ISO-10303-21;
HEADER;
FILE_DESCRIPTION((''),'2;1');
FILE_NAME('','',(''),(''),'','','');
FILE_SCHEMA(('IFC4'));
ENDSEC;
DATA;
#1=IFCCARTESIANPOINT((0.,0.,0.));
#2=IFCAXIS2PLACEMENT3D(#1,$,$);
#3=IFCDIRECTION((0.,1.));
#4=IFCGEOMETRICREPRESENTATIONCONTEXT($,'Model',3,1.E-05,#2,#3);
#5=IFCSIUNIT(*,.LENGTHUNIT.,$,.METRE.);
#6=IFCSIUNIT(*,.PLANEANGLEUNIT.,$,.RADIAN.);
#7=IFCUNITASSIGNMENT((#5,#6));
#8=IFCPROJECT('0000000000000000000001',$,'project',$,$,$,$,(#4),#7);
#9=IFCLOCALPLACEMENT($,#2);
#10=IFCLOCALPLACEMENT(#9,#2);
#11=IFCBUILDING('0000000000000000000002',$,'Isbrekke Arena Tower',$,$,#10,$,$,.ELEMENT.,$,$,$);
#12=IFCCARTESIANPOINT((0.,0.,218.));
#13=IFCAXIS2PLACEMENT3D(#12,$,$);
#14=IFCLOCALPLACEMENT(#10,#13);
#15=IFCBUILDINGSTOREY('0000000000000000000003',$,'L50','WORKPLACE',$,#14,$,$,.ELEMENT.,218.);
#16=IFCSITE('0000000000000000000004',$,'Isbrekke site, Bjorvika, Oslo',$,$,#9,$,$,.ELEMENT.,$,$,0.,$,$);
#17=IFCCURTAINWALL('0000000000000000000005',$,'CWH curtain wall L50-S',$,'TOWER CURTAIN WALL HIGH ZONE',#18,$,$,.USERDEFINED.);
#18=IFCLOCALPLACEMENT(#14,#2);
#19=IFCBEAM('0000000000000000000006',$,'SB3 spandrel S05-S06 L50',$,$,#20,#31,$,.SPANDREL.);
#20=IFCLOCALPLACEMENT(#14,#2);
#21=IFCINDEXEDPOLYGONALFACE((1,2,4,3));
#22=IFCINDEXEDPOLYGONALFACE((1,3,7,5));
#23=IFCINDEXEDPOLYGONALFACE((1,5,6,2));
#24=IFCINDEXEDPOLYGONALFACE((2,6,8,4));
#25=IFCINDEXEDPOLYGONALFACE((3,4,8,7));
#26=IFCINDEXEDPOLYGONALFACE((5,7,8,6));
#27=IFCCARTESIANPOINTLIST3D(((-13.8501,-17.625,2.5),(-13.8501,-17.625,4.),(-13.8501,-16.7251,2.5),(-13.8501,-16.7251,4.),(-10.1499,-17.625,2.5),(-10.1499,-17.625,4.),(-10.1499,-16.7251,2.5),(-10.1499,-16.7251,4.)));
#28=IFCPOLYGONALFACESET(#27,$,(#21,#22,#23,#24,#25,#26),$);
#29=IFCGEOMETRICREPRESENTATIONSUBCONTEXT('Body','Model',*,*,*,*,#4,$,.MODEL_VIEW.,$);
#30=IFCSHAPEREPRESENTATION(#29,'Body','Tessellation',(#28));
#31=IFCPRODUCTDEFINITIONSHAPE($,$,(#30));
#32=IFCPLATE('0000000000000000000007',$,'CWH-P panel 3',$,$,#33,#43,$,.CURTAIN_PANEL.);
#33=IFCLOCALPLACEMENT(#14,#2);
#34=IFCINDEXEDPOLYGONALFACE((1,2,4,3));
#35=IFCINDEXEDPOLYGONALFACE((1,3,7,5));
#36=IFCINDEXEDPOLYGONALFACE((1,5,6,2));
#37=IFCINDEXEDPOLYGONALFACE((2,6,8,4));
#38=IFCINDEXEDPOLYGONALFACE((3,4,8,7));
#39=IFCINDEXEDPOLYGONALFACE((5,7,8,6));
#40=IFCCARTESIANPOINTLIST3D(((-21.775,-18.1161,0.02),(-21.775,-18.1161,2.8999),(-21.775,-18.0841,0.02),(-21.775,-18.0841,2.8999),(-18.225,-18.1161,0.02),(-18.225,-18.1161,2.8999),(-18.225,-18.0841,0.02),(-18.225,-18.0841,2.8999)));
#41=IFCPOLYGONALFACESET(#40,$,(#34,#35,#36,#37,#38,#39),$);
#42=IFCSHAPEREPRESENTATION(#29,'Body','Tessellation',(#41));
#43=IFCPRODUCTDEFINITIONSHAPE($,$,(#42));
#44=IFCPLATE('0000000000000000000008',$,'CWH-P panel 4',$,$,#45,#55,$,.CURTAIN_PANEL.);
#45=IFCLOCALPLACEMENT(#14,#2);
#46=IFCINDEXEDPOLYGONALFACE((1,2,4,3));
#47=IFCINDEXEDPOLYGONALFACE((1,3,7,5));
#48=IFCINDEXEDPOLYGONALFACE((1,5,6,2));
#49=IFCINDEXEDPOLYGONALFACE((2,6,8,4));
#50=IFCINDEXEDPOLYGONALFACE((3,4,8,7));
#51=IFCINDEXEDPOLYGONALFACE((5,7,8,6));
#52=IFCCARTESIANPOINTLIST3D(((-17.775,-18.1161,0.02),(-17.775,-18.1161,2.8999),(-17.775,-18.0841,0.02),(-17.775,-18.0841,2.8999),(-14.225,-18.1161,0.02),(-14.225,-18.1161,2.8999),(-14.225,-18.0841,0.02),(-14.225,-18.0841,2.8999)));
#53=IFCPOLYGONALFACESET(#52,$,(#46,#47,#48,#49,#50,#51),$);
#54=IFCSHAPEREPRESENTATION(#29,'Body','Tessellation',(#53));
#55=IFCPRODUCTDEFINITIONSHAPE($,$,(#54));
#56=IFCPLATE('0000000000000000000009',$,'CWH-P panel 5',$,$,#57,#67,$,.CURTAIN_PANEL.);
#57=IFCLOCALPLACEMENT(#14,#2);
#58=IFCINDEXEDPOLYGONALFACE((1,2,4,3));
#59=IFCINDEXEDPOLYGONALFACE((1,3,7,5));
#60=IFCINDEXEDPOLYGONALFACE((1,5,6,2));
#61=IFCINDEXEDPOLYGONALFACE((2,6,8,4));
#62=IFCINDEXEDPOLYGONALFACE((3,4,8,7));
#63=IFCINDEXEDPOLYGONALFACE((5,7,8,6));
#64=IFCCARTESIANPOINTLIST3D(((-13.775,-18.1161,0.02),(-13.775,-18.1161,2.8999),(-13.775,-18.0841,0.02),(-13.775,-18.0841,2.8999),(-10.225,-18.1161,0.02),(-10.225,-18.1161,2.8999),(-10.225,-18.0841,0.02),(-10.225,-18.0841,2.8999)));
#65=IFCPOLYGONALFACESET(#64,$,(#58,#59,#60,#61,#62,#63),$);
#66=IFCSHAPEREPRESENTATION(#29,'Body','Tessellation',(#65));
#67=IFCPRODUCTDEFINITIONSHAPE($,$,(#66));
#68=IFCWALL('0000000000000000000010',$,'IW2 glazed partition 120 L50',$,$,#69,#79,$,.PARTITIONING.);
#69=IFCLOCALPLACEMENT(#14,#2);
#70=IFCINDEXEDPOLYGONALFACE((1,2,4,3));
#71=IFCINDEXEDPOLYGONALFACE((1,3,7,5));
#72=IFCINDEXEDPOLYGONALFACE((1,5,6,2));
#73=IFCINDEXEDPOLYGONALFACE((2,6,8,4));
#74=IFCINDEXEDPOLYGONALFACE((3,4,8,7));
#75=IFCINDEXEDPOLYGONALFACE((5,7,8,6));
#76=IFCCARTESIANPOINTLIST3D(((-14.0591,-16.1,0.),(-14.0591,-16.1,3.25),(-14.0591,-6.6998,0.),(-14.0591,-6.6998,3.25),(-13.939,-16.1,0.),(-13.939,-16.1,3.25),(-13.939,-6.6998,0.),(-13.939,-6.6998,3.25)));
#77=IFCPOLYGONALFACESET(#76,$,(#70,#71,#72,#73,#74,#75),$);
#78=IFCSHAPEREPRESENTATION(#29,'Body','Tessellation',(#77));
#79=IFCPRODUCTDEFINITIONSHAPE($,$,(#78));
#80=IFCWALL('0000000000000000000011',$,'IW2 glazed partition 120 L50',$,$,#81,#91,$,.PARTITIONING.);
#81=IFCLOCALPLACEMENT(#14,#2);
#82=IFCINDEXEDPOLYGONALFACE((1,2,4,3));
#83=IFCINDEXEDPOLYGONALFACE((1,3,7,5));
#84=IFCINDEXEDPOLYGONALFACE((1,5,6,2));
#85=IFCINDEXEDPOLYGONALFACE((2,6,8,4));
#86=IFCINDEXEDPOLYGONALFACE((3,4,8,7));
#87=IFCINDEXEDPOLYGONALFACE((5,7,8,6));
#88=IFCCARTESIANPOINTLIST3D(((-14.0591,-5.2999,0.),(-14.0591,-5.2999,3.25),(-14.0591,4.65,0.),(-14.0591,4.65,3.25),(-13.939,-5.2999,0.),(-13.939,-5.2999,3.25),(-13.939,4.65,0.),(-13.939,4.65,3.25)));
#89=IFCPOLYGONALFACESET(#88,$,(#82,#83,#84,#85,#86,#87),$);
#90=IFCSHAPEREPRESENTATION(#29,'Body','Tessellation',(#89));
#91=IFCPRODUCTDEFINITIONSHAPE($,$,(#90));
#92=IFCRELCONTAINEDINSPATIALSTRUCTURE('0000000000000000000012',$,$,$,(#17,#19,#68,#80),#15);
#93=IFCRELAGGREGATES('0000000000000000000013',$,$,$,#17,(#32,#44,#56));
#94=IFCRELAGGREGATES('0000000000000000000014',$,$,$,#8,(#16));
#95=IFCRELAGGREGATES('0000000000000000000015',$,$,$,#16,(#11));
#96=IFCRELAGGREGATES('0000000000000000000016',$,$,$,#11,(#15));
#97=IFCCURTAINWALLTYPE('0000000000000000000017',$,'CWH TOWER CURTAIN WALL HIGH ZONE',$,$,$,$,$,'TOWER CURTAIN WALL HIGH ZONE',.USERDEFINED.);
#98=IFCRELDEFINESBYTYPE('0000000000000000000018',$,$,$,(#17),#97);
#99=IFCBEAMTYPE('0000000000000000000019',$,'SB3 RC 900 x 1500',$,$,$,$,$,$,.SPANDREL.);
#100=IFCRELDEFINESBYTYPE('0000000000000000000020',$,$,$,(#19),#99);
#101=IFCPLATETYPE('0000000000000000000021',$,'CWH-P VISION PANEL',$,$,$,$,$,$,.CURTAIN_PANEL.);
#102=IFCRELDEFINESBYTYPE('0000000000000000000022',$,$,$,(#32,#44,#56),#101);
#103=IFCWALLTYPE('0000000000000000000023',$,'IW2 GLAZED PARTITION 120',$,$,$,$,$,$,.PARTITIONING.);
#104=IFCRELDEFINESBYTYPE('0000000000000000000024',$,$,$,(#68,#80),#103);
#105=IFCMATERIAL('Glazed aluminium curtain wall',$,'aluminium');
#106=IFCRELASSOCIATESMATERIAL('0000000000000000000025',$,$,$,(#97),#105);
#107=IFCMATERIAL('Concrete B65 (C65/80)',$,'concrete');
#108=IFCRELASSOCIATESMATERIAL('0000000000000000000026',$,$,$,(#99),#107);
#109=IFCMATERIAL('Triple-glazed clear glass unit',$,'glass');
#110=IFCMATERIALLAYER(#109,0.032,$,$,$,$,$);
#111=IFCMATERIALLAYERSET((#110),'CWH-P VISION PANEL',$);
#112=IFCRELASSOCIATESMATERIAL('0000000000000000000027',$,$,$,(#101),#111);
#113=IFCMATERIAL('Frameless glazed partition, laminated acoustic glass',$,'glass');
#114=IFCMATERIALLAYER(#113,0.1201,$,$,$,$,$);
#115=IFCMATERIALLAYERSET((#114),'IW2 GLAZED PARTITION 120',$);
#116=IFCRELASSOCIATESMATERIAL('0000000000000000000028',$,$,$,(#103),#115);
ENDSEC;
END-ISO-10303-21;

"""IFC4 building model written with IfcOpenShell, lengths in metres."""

from ifc_helpers import new_model, si_unit, direction, frame, frame_2d, origin, origin_2d, place, context, subcontext, project, spatial, rectangle, extrude, material, layer, layer_set, material_profile, profile_set, type_object, element, aggregate, save


model = new_model("IFC4")

# Units and contexts
model_context = context("Model", 3, precision=1e-05, world=origin(), true_north=direction((0.0, 1.0)))
body_context = subcontext(model_context, "Body", "Model", "MODEL_VIEW")
ifc_project = project(units=[si_unit("LENGTHUNIT", "METRE"), si_unit("PLANEANGLEUNIT", "RADIAN")], contexts=[model_context])

# Site, building, storey
site_placement = place(None, origin())
site = spatial("IfcSite", under=ifc_project, at=site_placement, Name="Isbrekke site, Bjorvika, Oslo", CompositionType="ELEMENT", RefElevation=0.0)
building_placement = place(site_placement, origin())
building = spatial("IfcBuilding", under=site, at=building_placement, Name="Isbrekke Arena Tower", CompositionType="ELEMENT")
storey_placement = place(building_placement, frame((0.0, 0.0, 218.0)))
storey = spatial("IfcBuildingStorey", under=building, at=storey_placement, Name="L50", Description="WORKPLACE", CompositionType="ELEMENT", Elevation=218.0)

# Curtain wall
ifc_material_1 = material(Name="Glazed aluminium curtain wall", Category="aluminium")
curtain_wall_type = type_object("IfcCurtainWallType", Name="CWH TOWER CURTAIN WALL HIGH ZONE", ElementType="TOWER CURTAIN WALL HIGH ZONE", PredefinedType="USERDEFINED", material=ifc_material_1)
curtain_wall_placement = place(storey_placement, origin())
curtain_wall = element("IfcCurtainWall", 1, at=curtain_wall_placement, inside=storey, type_object=curtain_wall_type, Name="CWH curtain wall L50-S", ObjectType="TOWER CURTAIN WALL HIGH ZONE", PredefinedType="USERDEFINED")

# Beam
ifc_material_2 = material(Name="Concrete B65 (C65/80)", Category="concrete")
ifc_material_profile_1 = material_profile(ifc_material_2, rectangle(XDim=0.8999, YDim=1.5, at=origin_2d()), Name="RC 900x1500")
ifc_profile_set_1 = profile_set([ifc_material_profile_1], Name="Concrete B65 (C65/80)")
beam_type_1 = type_object("IfcBeamType", Name="SB3 RC 900 x 1500", PredefinedType="SPANDREL", material=ifc_profile_set_1)
for number, where, z_axis, x_axis, name in (
    (2, (-13.8501, -17.175, 3.25), (1.0, 0.0, 0.0), (0.0, 1.0, 0.0), "SB3 spandrel S05-S06 L50"),
):
    element("IfcBeam", number, at=place(storey_placement, frame(where, z_axis=z_axis, x_axis=x_axis)), inside=storey, type_object=beam_type_1, Name=name, PredefinedType="SPANDREL", context=body_context, shape_type="SweptSolid", body=[
        extrude(rectangle(XDim=0.8999, YDim=1.5, at=origin_2d()), origin(), (0.0, 0.0, 1.0), 3.7002),
    ])

# Plates
ifc_material_3 = material(Name="Triple-glazed clear glass unit", Category="glass")
ifc_layer_1 = layer(ifc_material_3, 0.032)
ifc_layer_set_1 = layer_set([ifc_layer_1], Name="CWH-P VISION PANEL")
plate_type = type_object("IfcPlateType", Name="CWH-P VISION PANEL", PredefinedType="CURTAIN_PANEL", material=ifc_layer_set_1)
plate_1_placement = place(storey_placement, frame((-20.0, -18.1001, 0.02), z_axis=(0.0, 0.0, 1.0), x_axis=(1.0, 0.0, 0.0)))
plate_1 = element("IfcPlate", 3, at=plate_1_placement, type_object=plate_type, Name="CWH-P panel 3", PredefinedType="CURTAIN_PANEL", context=body_context, shape_type="SweptSolid", body=[
    extrude(rectangle(XDim=3.55, YDim=0.032, at=origin_2d()), origin(), (0.0, 0.0, 1.0), 2.8799),
])
plate_2_placement = place(storey_placement, frame((-16.0, -18.1001, 0.02), z_axis=(0.0, 0.0, 1.0), x_axis=(1.0, 0.0, 0.0)))
plate_2 = element("IfcPlate", 4, at=plate_2_placement, type_object=plate_type, Name="CWH-P panel 4", PredefinedType="CURTAIN_PANEL", context=body_context, shape_type="SweptSolid", body=[
    extrude(rectangle(XDim=3.55, YDim=0.032, at=origin_2d()), origin(), (0.0, 0.0, 1.0), 2.8799),
])
plate_3_placement = place(storey_placement, frame((-12.0, -18.1001, 0.02), z_axis=(0.0, 0.0, 1.0), x_axis=(1.0, 0.0, 0.0)))
plate_3 = element("IfcPlate", 5, at=plate_3_placement, type_object=plate_type, Name="CWH-P panel 5", PredefinedType="CURTAIN_PANEL", context=body_context, shape_type="SweptSolid", body=[
    extrude(rectangle(XDim=3.55, YDim=0.032, at=origin_2d()), origin(), (0.0, 0.0, 1.0), 2.8799),
])
aggregate(curtain_wall, [plate_1, plate_2, plate_3])

# Shared definitions
ifc_material_4 = material(Name="Frameless glazed partition, laminated acoustic glass", Category="glass")
ifc_layer_2 = layer(ifc_material_4, 0.1201)
ifc_layer_set_2 = layer_set([ifc_layer_2], Name="IW2 GLAZED PARTITION 120")
wall_type = type_object("IfcWallType", Name="IW2 GLAZED PARTITION 120", PredefinedType="PARTITIONING", material=ifc_layer_set_2)

# Walls
wall_1_placement = place(storey_placement, frame((-13.999, -16.1001, 0.0), z_axis=(0.0, 0.0, 1.0), x_axis=(0.0, 1.0, 0.0)))
element("IfcWall", 6, at=wall_1_placement, inside=storey, type_object=wall_type, Name="IW2 glazed partition 120 L50", PredefinedType="PARTITIONING", context=body_context, shape_type="SweptSolid", body=[
    extrude(rectangle(XDim=9.4001, YDim=0.1201, at=frame_2d((4.7002, 0.0))), origin(), (0.0, 0.0, 1.0), 3.25),
])
wall_2_placement = place(storey_placement, frame((-13.999, -5.3, 0.0), z_axis=(0.0, 0.0, 1.0), x_axis=(0.0, 1.0, 0.0)))
element("IfcWall", 7, at=wall_2_placement, inside=storey, type_object=wall_type, Name="IW2 glazed partition 120 L50", PredefinedType="PARTITIONING", context=body_context, shape_type="SweptSolid", body=[
    extrude(rectangle(XDim=9.95, YDim=0.1201, at=frame_2d((4.9751, 0.0))), origin(), (0.0, 0.0, 1.0), 3.25),
])

save(model, "model.ifc")
